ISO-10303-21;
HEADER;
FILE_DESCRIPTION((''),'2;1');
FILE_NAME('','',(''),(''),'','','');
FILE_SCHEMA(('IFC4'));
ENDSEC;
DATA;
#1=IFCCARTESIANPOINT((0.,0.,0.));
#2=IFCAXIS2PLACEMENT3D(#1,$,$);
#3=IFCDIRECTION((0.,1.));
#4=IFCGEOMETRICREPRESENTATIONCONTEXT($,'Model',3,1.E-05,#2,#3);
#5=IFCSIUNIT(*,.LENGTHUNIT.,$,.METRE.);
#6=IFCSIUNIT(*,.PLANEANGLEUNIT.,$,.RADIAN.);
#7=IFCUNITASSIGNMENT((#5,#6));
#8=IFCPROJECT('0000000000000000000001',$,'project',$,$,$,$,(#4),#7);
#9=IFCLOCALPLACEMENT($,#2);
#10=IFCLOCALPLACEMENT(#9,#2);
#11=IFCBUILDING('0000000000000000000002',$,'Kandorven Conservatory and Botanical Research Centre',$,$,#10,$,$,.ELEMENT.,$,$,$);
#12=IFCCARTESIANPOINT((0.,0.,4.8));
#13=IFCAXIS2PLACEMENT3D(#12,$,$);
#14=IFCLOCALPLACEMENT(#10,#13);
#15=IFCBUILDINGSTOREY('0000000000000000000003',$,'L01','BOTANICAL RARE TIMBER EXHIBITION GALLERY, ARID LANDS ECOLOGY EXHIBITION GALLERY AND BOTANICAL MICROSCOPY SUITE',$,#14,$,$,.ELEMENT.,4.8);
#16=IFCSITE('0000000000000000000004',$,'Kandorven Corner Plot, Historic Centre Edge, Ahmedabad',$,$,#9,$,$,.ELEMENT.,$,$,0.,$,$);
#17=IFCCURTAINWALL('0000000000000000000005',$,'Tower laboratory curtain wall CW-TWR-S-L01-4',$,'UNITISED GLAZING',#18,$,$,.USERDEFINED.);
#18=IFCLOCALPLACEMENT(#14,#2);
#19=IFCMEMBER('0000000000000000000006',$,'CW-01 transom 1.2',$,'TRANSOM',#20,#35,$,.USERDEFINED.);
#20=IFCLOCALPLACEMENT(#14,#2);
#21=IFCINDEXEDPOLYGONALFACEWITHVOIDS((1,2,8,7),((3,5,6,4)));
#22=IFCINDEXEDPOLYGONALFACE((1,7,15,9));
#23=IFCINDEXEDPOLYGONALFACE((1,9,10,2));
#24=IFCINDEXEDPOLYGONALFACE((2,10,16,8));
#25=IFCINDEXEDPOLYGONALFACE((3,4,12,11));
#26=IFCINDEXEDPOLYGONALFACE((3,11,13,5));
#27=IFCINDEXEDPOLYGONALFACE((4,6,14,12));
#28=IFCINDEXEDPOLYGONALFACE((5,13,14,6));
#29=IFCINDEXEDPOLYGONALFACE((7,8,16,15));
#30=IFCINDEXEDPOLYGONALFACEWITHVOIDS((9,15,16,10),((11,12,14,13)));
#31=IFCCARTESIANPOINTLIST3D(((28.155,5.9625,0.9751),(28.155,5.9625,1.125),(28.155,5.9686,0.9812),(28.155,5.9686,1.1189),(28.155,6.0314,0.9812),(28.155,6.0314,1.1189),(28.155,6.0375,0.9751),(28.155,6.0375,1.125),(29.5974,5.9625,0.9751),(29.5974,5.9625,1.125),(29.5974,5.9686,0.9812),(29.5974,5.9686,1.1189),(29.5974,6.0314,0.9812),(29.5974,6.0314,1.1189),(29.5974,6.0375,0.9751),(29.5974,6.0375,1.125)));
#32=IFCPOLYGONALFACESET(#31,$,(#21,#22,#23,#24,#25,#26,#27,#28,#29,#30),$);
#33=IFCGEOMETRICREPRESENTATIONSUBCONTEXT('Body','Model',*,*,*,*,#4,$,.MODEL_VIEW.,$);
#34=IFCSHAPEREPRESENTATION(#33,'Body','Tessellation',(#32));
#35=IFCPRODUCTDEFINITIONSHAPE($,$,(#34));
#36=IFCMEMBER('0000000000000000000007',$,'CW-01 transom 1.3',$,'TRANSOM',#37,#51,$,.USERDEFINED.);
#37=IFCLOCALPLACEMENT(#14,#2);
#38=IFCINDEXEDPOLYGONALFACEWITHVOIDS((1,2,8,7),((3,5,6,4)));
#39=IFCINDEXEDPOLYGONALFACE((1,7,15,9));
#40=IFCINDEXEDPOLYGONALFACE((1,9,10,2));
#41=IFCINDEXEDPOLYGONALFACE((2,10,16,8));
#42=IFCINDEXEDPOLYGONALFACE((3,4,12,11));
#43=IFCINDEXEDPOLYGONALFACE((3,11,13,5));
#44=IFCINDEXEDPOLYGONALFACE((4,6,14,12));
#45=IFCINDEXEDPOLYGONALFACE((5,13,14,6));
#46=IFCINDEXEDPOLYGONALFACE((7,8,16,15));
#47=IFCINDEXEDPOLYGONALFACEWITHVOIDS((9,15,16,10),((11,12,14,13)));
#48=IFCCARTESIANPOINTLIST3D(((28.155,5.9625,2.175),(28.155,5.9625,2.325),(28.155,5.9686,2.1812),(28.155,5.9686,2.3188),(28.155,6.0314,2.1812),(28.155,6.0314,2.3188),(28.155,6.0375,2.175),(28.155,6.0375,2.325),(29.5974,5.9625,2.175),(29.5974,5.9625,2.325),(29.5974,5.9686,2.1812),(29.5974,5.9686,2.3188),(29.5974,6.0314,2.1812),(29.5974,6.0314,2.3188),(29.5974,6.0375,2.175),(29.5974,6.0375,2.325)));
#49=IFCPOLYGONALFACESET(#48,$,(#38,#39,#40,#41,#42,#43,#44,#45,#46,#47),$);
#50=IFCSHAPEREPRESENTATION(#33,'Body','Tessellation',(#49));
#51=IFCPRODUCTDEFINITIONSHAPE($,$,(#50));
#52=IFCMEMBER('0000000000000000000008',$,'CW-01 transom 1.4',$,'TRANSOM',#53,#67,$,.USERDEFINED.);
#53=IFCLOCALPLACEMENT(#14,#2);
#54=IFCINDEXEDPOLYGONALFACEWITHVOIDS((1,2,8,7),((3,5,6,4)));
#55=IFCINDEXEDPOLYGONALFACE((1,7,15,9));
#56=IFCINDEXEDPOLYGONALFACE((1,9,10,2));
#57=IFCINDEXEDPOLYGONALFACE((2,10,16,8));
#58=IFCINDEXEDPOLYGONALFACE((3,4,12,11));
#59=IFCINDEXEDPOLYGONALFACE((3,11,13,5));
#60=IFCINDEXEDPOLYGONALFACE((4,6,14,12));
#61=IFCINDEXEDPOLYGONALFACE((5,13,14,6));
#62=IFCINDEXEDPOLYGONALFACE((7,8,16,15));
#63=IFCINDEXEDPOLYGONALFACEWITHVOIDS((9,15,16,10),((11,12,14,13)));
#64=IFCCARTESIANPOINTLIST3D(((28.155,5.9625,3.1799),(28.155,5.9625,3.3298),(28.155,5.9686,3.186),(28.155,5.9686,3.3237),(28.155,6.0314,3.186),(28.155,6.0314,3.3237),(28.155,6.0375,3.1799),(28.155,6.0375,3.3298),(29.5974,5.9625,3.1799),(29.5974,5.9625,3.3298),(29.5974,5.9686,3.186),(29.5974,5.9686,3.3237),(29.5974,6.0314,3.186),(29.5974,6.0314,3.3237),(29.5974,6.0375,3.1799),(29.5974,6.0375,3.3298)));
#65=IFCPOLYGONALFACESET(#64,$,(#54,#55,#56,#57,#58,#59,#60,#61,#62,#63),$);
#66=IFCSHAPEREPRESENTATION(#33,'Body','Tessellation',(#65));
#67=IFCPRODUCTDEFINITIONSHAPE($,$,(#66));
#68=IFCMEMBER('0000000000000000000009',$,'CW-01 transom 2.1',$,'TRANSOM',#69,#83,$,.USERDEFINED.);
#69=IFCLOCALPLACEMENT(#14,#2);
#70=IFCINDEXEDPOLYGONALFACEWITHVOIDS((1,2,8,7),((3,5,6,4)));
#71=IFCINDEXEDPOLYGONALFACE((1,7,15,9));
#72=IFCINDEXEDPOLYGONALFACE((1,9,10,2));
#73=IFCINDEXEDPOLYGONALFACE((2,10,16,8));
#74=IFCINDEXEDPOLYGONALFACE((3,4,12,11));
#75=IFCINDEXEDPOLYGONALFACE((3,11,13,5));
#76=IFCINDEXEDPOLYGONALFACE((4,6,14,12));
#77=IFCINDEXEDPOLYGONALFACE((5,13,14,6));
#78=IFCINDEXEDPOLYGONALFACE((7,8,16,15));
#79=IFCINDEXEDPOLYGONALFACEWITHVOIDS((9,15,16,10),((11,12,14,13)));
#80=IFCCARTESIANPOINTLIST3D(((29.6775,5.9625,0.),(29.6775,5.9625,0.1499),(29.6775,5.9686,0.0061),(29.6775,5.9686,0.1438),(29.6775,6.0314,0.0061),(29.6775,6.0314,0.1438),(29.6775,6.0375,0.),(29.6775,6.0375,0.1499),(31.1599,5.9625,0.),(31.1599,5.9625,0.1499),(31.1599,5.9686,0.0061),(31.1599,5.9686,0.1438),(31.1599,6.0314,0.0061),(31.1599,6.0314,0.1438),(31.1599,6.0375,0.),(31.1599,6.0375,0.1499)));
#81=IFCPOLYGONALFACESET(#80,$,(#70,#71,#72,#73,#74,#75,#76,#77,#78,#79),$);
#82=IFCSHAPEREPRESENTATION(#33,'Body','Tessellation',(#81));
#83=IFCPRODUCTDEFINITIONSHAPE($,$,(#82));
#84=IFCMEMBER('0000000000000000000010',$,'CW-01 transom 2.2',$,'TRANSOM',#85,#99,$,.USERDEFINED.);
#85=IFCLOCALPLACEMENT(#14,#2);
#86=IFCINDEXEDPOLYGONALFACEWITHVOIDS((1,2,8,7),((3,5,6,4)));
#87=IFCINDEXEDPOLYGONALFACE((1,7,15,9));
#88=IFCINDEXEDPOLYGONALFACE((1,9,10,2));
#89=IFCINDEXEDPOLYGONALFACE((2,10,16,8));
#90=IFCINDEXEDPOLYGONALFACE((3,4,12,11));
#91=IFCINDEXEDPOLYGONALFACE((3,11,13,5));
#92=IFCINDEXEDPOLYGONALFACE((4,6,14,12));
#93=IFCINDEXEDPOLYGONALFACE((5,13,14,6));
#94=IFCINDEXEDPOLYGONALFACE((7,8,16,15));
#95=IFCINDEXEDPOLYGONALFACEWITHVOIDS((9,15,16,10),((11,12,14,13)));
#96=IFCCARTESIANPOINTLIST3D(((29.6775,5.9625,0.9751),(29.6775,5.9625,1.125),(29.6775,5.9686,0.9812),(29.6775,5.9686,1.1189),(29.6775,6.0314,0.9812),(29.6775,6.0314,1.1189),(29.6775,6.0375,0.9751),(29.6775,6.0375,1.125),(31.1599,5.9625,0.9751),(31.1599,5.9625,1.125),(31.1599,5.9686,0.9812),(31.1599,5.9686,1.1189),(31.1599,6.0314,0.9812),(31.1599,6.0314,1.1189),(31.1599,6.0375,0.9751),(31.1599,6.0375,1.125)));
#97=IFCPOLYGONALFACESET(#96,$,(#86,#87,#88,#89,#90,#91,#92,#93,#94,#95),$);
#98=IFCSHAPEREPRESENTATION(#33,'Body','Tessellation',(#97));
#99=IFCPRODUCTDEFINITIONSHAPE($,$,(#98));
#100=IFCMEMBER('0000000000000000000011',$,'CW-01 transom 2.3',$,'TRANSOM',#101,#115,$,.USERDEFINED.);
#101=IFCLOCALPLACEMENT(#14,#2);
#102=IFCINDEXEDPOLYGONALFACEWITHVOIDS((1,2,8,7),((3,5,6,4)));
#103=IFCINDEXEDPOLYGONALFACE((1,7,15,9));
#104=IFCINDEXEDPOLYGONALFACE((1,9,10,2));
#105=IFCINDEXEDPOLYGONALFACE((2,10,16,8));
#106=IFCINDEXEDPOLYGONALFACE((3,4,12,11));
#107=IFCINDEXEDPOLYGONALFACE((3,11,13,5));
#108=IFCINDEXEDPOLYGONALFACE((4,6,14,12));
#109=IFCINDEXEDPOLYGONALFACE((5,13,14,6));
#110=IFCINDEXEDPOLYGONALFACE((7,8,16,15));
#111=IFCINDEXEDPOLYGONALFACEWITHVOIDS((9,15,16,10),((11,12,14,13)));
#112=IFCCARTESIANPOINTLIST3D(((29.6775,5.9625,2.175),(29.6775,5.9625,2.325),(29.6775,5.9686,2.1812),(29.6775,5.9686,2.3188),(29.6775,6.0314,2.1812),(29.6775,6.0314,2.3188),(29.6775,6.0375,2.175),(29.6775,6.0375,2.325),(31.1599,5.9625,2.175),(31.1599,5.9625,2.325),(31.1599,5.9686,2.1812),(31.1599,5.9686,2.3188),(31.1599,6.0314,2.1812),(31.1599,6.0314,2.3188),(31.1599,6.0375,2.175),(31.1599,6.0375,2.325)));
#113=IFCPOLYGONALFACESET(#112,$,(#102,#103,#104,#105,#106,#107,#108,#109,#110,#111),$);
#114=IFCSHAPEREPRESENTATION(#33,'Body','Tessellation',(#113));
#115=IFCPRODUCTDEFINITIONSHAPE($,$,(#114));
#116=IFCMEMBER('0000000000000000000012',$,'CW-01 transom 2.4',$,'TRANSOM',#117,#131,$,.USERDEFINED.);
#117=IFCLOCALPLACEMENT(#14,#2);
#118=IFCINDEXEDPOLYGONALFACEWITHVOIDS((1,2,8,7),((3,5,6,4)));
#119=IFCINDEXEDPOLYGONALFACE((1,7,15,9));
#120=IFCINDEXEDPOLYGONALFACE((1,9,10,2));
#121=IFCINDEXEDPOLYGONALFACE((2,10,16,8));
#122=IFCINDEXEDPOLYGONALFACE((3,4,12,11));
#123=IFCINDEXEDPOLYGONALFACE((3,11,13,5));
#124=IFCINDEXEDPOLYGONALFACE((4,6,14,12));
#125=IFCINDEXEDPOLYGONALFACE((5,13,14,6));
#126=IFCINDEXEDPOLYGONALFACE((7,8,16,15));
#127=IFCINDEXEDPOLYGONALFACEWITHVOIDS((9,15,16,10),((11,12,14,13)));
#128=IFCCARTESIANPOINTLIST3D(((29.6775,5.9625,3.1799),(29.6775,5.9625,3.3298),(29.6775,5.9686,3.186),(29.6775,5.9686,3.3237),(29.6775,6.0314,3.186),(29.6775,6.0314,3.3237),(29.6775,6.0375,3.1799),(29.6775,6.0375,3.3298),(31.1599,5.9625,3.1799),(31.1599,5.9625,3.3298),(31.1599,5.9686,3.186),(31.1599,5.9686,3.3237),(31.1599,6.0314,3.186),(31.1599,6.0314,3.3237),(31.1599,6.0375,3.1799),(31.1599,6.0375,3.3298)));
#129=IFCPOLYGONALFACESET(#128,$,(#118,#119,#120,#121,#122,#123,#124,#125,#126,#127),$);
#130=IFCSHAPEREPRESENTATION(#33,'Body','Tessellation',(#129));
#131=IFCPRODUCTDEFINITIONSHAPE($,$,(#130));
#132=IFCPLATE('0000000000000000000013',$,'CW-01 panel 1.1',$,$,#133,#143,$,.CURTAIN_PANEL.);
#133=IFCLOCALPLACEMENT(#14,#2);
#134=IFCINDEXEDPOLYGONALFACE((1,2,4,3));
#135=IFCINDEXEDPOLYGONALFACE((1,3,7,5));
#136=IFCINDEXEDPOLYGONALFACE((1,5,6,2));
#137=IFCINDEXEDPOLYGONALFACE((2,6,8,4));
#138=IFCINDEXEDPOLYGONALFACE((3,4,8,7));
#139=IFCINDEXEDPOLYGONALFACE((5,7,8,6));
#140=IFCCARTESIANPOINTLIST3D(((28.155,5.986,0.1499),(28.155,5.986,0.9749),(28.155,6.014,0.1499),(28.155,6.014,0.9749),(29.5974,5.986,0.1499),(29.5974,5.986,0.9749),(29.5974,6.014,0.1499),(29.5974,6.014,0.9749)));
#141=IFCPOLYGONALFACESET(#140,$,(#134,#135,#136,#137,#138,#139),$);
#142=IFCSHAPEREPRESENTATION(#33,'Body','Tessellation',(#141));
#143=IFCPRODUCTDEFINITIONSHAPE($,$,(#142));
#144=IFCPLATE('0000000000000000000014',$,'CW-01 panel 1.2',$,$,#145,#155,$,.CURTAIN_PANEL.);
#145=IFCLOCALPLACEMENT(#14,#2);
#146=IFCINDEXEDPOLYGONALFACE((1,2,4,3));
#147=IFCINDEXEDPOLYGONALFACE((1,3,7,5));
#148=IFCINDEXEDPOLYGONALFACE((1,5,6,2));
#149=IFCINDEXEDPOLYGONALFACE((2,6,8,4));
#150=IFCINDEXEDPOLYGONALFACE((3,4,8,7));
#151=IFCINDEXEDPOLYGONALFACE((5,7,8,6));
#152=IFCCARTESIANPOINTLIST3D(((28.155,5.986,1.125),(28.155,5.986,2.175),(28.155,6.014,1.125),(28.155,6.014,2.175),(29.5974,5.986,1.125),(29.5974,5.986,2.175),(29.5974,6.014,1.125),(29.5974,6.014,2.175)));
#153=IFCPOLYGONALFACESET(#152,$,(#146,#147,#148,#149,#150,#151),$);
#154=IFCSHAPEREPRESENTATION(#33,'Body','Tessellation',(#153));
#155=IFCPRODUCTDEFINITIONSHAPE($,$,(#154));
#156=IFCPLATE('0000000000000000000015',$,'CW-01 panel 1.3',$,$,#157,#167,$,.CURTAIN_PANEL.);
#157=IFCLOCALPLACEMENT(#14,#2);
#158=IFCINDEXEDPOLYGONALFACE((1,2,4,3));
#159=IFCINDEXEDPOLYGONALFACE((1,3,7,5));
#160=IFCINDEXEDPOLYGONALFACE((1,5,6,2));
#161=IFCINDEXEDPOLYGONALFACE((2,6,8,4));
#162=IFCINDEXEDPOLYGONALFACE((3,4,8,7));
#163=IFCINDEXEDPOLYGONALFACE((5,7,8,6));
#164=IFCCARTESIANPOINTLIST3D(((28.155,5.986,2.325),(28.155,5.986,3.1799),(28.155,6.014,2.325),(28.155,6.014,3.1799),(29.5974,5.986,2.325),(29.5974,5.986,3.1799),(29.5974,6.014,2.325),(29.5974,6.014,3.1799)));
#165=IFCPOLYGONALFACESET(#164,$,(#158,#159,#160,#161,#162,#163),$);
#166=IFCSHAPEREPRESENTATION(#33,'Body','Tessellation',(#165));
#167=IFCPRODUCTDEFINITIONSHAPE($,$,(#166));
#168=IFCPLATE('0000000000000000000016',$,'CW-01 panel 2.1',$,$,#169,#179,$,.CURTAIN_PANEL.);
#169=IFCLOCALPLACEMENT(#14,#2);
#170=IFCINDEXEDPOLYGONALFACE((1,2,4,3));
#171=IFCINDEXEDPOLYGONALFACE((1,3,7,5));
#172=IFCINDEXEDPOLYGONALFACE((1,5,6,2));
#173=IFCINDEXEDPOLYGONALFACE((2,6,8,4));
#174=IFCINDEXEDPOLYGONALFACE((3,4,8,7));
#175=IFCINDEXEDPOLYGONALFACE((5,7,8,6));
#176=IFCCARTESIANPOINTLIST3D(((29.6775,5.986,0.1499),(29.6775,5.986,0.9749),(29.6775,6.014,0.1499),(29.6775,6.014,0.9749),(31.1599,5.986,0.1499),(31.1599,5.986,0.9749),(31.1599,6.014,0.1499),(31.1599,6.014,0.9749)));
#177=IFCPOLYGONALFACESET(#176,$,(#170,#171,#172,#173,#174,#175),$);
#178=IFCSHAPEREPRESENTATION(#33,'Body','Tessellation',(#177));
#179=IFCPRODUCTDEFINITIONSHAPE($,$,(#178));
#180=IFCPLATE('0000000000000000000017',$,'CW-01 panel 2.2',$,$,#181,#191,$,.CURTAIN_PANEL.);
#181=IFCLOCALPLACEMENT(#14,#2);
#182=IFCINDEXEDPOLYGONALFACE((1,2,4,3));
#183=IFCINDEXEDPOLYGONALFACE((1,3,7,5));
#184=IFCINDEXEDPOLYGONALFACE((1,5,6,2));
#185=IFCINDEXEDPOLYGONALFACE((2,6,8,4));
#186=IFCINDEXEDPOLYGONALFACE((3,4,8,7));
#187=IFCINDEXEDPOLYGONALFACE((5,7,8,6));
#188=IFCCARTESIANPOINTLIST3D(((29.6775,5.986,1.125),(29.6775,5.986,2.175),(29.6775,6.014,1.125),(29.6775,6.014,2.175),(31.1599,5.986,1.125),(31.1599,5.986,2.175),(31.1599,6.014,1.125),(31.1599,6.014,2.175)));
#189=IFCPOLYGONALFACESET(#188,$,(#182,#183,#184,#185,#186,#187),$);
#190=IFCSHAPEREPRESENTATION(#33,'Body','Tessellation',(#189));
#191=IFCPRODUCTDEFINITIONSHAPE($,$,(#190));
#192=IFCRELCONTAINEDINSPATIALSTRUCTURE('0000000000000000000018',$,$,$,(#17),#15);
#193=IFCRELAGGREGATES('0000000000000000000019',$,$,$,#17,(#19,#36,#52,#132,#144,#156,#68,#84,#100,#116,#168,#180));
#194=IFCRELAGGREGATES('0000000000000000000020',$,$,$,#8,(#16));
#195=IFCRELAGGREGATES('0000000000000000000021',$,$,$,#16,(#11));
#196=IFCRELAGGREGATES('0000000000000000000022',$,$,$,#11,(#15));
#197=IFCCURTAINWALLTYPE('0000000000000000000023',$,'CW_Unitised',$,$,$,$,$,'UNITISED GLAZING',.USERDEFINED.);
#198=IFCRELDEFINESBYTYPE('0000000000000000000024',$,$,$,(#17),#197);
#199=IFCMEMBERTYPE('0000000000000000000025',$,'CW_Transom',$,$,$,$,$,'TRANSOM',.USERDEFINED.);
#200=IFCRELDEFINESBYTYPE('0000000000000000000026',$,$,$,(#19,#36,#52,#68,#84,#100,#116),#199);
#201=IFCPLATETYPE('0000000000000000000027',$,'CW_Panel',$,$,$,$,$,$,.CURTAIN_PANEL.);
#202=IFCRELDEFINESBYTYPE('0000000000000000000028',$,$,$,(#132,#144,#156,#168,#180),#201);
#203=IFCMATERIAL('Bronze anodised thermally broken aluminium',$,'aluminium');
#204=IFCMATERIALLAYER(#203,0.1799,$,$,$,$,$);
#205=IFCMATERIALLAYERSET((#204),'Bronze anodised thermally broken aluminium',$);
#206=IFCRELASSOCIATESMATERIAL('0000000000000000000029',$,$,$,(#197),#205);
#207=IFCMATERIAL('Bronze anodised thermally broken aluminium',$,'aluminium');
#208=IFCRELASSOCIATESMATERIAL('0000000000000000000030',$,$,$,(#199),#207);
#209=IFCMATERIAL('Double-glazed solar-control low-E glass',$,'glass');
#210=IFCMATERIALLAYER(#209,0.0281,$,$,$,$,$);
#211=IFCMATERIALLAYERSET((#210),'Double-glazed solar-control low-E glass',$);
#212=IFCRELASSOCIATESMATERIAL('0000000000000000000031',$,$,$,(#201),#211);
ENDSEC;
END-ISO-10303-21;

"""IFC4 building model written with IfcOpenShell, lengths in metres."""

from ifc_helpers import new_model, si_unit, direction, frame, origin, origin_2d, place, context, subcontext, project, spatial, rectangle, hollow_rectangle, extrude, material, layer, layer_set, material_profile, profile_set, type_object, element, aggregate, save


model = new_model("IFC4")

# Units and contexts
model_context = context("Model", 3, precision=1e-05, world=origin(), true_north=direction((0.0, 1.0)))
body_context = subcontext(model_context, "Body", "Model", "MODEL_VIEW")
ifc_project = project(units=[si_unit("LENGTHUNIT", "METRE"), si_unit("PLANEANGLEUNIT", "RADIAN")], contexts=[model_context])

# Site, building, storey
site_placement = place(None, origin())
site = spatial("IfcSite", under=ifc_project, at=site_placement, Name="Kandorven Corner Plot, Historic Centre Edge, Ahmedabad", CompositionType="ELEMENT", RefElevation=0.0)
building_placement = place(site_placement, origin())
building = spatial("IfcBuilding", under=site, at=building_placement, Name="Kandorven Conservatory and Botanical Research Centre", CompositionType="ELEMENT")
storey_placement = place(building_placement, frame((0.0, 0.0, 4.8)))
storey = spatial("IfcBuildingStorey", under=building, at=storey_placement, Name="L01", Description="BOTANICAL RARE TIMBER EXHIBITION GALLERY, ARID LANDS ECOLOGY EXHIBITION GALLERY AND BOTANICAL MICROSCOPY SUITE", CompositionType="ELEMENT", Elevation=4.8)

# Curtain wall, members, plates
ifc_material_1 = material(Name="Bronze anodised thermally broken aluminium", Category="aluminium")
ifc_layer_1 = layer(ifc_material_1, 0.1799)
ifc_layer_set_1 = layer_set([ifc_layer_1], Name="Bronze anodised thermally broken aluminium")
curtain_wall_type = type_object("IfcCurtainWallType", Name="CW_Unitised", ElementType="UNITISED GLAZING", PredefinedType="USERDEFINED", material=ifc_layer_set_1)
curtain_wall_placement = place(storey_placement, origin())
curtain_wall = element("IfcCurtainWall", 1, at=curtain_wall_placement, inside=storey, type_object=curtain_wall_type, Name="Tower laboratory curtain wall CW-TWR-S-L01-4", ObjectType="UNITISED GLAZING", PredefinedType="USERDEFINED")
ifc_material_2 = material(Name="Bronze anodised thermally broken aluminium", Category="aluminium")
ifc_material_profile_1 = material_profile(ifc_material_2, hollow_rectangle(XDim=0.075, YDim=0.1499, WallThickness=0.0061, at=origin_2d()))
ifc_profile_set_1 = profile_set([ifc_material_profile_1], Name="Bronze anodised thermally broken aluminium")
member_type_1 = type_object("IfcMemberType", Name="CW_Transom", ElementType="TRANSOM", PredefinedType="USERDEFINED", material=ifc_profile_set_1)
member_1_placement = place(storey_placement, frame((28.155, 6.0, 1.05), z_axis=(1.0, 0.0, 0.0), x_axis=(0.0, 1.0, 0.0)))
member_1 = element("IfcMember", 2, at=member_1_placement, type_object=member_type_1, Name="CW-01 transom 1.2", ObjectType="TRANSOM", PredefinedType="USERDEFINED", context=body_context, shape_type="SweptSolid", body=[
    extrude(hollow_rectangle(XDim=0.075, YDim=0.1499, WallThickness=0.0061, at=origin_2d()), origin(), (0.0, 0.0, 1.0), 1.4424),
])
member_2_placement = place(storey_placement, frame((28.155, 6.0, 2.25), z_axis=(1.0, 0.0, 0.0), x_axis=(0.0, 1.0, 0.0)))
member_2 = element("IfcMember", 3, at=member_2_placement, type_object=member_type_1, Name="CW-01 transom 1.3", ObjectType="TRANSOM", PredefinedType="USERDEFINED", context=body_context, shape_type="SweptSolid", body=[
    extrude(hollow_rectangle(XDim=0.075, YDim=0.1499, WallThickness=0.0061, at=origin_2d()), origin(), (0.0, 0.0, 1.0), 1.4424),
])
member_3_placement = place(storey_placement, frame((28.155, 6.0, 3.2549), z_axis=(1.0, 0.0, 0.0), x_axis=(0.0, 1.0, 0.0)))
member_3 = element("IfcMember", 4, at=member_3_placement, type_object=member_type_1, Name="CW-01 transom 1.4", ObjectType="TRANSOM", PredefinedType="USERDEFINED", context=body_context, shape_type="SweptSolid", body=[
    extrude(hollow_rectangle(XDim=0.075, YDim=0.1499, WallThickness=0.0061, at=origin_2d()), origin(), (0.0, 0.0, 1.0), 1.4424),
])
member_4_placement = place(storey_placement, frame((29.6775, 6.0, 0.075), z_axis=(1.0, 0.0, 0.0), x_axis=(0.0, 1.0, 0.0)))
member_4 = element("IfcMember", 5, at=member_4_placement, type_object=member_type_1, Name="CW-01 transom 2.1", ObjectType="TRANSOM", PredefinedType="USERDEFINED", context=body_context, shape_type="SweptSolid", body=[
    extrude(hollow_rectangle(XDim=0.075, YDim=0.1499, WallThickness=0.0061, at=origin_2d()), origin(), (0.0, 0.0, 1.0), 1.4824),
])
member_5_placement = place(storey_placement, frame((29.6775, 6.0, 1.05), z_axis=(1.0, 0.0, 0.0), x_axis=(0.0, 1.0, 0.0)))
member_5 = element("IfcMember", 6, at=member_5_placement, type_object=member_type_1, Name="CW-01 transom 2.2", ObjectType="TRANSOM", PredefinedType="USERDEFINED", context=body_context, shape_type="SweptSolid", body=[
    extrude(hollow_rectangle(XDim=0.075, YDim=0.1499, WallThickness=0.0061, at=origin_2d()), origin(), (0.0, 0.0, 1.0), 1.4824),
])
member_6_placement = place(storey_placement, frame((29.6775, 6.0, 2.25), z_axis=(1.0, 0.0, 0.0), x_axis=(0.0, 1.0, 0.0)))
member_6 = element("IfcMember", 7, at=member_6_placement, type_object=member_type_1, Name="CW-01 transom 2.3", ObjectType="TRANSOM", PredefinedType="USERDEFINED", context=body_context, shape_type="SweptSolid", body=[
    extrude(hollow_rectangle(XDim=0.075, YDim=0.1499, WallThickness=0.0061, at=origin_2d()), origin(), (0.0, 0.0, 1.0), 1.4824),
])
member_7_placement = place(storey_placement, frame((29.6775, 6.0, 3.2549), z_axis=(1.0, 0.0, 0.0), x_axis=(0.0, 1.0, 0.0)))
member_7 = element("IfcMember", 8, at=member_7_placement, type_object=member_type_1, Name="CW-01 transom 2.4", ObjectType="TRANSOM", PredefinedType="USERDEFINED", context=body_context, shape_type="SweptSolid", body=[
    extrude(hollow_rectangle(XDim=0.075, YDim=0.1499, WallThickness=0.0061, at=origin_2d()), origin(), (0.0, 0.0, 1.0), 1.4824),
])
ifc_material_3 = material(Name="Double-glazed solar-control low-E glass", Category="glass")
ifc_layer_2 = layer(ifc_material_3, 0.0281)
ifc_layer_set_2 = layer_set([ifc_layer_2], Name="Double-glazed solar-control low-E glass")
plate_type = type_object("IfcPlateType", Name="CW_Panel", PredefinedType="CURTAIN_PANEL", material=ifc_layer_set_2)
plate_1_placement = place(storey_placement, frame((28.8762, 6.0, 0.1499), z_axis=(0.0, 0.0, 1.0), x_axis=(1.0, 0.0, 0.0)))
plate_1 = element("IfcPlate", 9, at=plate_1_placement, type_object=plate_type, Name="CW-01 panel 1.1", PredefinedType="CURTAIN_PANEL", context=body_context, shape_type="SweptSolid", body=[
    extrude(rectangle(XDim=1.4424, YDim=0.0281, at=origin_2d()), origin(), (0.0, 0.0, 1.0), 0.825),
])
plate_2_placement = place(storey_placement, frame((28.8762, 6.0, 1.125), z_axis=(0.0, 0.0, 1.0), x_axis=(1.0, 0.0, 0.0)))
plate_2 = element("IfcPlate", 10, at=plate_2_placement, type_object=plate_type, Name="CW-01 panel 1.2", PredefinedType="CURTAIN_PANEL", context=body_context, shape_type="SweptSolid", body=[
    extrude(rectangle(XDim=1.4424, YDim=0.0281, at=origin_2d()), origin(), (0.0, 0.0, 1.0), 1.05),
])
plate_3_placement = place(storey_placement, frame((28.8762, 6.0, 2.325), z_axis=(0.0, 0.0, 1.0), x_axis=(1.0, 0.0, 0.0)))
plate_3 = element("IfcPlate", 11, at=plate_3_placement, type_object=plate_type, Name="CW-01 panel 1.3", PredefinedType="CURTAIN_PANEL", context=body_context, shape_type="SweptSolid", body=[
    extrude(rectangle(XDim=1.4424, YDim=0.0281, at=origin_2d()), origin(), (0.0, 0.0, 1.0), 0.855),
])
plate_4_placement = place(storey_placement, frame((30.4187, 6.0, 0.1499), z_axis=(0.0, 0.0, 1.0), x_axis=(1.0, 0.0, 0.0)))
plate_4 = element("IfcPlate", 12, at=plate_4_placement, type_object=plate_type, Name="CW-01 panel 2.1", PredefinedType="CURTAIN_PANEL", context=body_context, shape_type="SweptSolid", body=[
    extrude(rectangle(XDim=1.4824, YDim=0.0281, at=origin_2d()), origin(), (0.0, 0.0, 1.0), 0.825),
])
plate_5_placement = place(storey_placement, frame((30.4187, 6.0, 1.125), z_axis=(0.0, 0.0, 1.0), x_axis=(1.0, 0.0, 0.0)))
plate_5 = element("IfcPlate", 13, at=plate_5_placement, type_object=plate_type, Name="CW-01 panel 2.2", PredefinedType="CURTAIN_PANEL", context=body_context, shape_type="SweptSolid", body=[
    extrude(rectangle(XDim=1.4824, YDim=0.0281, at=origin_2d()), origin(), (0.0, 0.0, 1.0), 1.05),
])
aggregate(curtain_wall, [member_1, member_2, member_3, plate_1, plate_2, plate_3, member_4, member_5, member_6, member_7, plate_4, plate_5])

save(model, "model.ifc")
